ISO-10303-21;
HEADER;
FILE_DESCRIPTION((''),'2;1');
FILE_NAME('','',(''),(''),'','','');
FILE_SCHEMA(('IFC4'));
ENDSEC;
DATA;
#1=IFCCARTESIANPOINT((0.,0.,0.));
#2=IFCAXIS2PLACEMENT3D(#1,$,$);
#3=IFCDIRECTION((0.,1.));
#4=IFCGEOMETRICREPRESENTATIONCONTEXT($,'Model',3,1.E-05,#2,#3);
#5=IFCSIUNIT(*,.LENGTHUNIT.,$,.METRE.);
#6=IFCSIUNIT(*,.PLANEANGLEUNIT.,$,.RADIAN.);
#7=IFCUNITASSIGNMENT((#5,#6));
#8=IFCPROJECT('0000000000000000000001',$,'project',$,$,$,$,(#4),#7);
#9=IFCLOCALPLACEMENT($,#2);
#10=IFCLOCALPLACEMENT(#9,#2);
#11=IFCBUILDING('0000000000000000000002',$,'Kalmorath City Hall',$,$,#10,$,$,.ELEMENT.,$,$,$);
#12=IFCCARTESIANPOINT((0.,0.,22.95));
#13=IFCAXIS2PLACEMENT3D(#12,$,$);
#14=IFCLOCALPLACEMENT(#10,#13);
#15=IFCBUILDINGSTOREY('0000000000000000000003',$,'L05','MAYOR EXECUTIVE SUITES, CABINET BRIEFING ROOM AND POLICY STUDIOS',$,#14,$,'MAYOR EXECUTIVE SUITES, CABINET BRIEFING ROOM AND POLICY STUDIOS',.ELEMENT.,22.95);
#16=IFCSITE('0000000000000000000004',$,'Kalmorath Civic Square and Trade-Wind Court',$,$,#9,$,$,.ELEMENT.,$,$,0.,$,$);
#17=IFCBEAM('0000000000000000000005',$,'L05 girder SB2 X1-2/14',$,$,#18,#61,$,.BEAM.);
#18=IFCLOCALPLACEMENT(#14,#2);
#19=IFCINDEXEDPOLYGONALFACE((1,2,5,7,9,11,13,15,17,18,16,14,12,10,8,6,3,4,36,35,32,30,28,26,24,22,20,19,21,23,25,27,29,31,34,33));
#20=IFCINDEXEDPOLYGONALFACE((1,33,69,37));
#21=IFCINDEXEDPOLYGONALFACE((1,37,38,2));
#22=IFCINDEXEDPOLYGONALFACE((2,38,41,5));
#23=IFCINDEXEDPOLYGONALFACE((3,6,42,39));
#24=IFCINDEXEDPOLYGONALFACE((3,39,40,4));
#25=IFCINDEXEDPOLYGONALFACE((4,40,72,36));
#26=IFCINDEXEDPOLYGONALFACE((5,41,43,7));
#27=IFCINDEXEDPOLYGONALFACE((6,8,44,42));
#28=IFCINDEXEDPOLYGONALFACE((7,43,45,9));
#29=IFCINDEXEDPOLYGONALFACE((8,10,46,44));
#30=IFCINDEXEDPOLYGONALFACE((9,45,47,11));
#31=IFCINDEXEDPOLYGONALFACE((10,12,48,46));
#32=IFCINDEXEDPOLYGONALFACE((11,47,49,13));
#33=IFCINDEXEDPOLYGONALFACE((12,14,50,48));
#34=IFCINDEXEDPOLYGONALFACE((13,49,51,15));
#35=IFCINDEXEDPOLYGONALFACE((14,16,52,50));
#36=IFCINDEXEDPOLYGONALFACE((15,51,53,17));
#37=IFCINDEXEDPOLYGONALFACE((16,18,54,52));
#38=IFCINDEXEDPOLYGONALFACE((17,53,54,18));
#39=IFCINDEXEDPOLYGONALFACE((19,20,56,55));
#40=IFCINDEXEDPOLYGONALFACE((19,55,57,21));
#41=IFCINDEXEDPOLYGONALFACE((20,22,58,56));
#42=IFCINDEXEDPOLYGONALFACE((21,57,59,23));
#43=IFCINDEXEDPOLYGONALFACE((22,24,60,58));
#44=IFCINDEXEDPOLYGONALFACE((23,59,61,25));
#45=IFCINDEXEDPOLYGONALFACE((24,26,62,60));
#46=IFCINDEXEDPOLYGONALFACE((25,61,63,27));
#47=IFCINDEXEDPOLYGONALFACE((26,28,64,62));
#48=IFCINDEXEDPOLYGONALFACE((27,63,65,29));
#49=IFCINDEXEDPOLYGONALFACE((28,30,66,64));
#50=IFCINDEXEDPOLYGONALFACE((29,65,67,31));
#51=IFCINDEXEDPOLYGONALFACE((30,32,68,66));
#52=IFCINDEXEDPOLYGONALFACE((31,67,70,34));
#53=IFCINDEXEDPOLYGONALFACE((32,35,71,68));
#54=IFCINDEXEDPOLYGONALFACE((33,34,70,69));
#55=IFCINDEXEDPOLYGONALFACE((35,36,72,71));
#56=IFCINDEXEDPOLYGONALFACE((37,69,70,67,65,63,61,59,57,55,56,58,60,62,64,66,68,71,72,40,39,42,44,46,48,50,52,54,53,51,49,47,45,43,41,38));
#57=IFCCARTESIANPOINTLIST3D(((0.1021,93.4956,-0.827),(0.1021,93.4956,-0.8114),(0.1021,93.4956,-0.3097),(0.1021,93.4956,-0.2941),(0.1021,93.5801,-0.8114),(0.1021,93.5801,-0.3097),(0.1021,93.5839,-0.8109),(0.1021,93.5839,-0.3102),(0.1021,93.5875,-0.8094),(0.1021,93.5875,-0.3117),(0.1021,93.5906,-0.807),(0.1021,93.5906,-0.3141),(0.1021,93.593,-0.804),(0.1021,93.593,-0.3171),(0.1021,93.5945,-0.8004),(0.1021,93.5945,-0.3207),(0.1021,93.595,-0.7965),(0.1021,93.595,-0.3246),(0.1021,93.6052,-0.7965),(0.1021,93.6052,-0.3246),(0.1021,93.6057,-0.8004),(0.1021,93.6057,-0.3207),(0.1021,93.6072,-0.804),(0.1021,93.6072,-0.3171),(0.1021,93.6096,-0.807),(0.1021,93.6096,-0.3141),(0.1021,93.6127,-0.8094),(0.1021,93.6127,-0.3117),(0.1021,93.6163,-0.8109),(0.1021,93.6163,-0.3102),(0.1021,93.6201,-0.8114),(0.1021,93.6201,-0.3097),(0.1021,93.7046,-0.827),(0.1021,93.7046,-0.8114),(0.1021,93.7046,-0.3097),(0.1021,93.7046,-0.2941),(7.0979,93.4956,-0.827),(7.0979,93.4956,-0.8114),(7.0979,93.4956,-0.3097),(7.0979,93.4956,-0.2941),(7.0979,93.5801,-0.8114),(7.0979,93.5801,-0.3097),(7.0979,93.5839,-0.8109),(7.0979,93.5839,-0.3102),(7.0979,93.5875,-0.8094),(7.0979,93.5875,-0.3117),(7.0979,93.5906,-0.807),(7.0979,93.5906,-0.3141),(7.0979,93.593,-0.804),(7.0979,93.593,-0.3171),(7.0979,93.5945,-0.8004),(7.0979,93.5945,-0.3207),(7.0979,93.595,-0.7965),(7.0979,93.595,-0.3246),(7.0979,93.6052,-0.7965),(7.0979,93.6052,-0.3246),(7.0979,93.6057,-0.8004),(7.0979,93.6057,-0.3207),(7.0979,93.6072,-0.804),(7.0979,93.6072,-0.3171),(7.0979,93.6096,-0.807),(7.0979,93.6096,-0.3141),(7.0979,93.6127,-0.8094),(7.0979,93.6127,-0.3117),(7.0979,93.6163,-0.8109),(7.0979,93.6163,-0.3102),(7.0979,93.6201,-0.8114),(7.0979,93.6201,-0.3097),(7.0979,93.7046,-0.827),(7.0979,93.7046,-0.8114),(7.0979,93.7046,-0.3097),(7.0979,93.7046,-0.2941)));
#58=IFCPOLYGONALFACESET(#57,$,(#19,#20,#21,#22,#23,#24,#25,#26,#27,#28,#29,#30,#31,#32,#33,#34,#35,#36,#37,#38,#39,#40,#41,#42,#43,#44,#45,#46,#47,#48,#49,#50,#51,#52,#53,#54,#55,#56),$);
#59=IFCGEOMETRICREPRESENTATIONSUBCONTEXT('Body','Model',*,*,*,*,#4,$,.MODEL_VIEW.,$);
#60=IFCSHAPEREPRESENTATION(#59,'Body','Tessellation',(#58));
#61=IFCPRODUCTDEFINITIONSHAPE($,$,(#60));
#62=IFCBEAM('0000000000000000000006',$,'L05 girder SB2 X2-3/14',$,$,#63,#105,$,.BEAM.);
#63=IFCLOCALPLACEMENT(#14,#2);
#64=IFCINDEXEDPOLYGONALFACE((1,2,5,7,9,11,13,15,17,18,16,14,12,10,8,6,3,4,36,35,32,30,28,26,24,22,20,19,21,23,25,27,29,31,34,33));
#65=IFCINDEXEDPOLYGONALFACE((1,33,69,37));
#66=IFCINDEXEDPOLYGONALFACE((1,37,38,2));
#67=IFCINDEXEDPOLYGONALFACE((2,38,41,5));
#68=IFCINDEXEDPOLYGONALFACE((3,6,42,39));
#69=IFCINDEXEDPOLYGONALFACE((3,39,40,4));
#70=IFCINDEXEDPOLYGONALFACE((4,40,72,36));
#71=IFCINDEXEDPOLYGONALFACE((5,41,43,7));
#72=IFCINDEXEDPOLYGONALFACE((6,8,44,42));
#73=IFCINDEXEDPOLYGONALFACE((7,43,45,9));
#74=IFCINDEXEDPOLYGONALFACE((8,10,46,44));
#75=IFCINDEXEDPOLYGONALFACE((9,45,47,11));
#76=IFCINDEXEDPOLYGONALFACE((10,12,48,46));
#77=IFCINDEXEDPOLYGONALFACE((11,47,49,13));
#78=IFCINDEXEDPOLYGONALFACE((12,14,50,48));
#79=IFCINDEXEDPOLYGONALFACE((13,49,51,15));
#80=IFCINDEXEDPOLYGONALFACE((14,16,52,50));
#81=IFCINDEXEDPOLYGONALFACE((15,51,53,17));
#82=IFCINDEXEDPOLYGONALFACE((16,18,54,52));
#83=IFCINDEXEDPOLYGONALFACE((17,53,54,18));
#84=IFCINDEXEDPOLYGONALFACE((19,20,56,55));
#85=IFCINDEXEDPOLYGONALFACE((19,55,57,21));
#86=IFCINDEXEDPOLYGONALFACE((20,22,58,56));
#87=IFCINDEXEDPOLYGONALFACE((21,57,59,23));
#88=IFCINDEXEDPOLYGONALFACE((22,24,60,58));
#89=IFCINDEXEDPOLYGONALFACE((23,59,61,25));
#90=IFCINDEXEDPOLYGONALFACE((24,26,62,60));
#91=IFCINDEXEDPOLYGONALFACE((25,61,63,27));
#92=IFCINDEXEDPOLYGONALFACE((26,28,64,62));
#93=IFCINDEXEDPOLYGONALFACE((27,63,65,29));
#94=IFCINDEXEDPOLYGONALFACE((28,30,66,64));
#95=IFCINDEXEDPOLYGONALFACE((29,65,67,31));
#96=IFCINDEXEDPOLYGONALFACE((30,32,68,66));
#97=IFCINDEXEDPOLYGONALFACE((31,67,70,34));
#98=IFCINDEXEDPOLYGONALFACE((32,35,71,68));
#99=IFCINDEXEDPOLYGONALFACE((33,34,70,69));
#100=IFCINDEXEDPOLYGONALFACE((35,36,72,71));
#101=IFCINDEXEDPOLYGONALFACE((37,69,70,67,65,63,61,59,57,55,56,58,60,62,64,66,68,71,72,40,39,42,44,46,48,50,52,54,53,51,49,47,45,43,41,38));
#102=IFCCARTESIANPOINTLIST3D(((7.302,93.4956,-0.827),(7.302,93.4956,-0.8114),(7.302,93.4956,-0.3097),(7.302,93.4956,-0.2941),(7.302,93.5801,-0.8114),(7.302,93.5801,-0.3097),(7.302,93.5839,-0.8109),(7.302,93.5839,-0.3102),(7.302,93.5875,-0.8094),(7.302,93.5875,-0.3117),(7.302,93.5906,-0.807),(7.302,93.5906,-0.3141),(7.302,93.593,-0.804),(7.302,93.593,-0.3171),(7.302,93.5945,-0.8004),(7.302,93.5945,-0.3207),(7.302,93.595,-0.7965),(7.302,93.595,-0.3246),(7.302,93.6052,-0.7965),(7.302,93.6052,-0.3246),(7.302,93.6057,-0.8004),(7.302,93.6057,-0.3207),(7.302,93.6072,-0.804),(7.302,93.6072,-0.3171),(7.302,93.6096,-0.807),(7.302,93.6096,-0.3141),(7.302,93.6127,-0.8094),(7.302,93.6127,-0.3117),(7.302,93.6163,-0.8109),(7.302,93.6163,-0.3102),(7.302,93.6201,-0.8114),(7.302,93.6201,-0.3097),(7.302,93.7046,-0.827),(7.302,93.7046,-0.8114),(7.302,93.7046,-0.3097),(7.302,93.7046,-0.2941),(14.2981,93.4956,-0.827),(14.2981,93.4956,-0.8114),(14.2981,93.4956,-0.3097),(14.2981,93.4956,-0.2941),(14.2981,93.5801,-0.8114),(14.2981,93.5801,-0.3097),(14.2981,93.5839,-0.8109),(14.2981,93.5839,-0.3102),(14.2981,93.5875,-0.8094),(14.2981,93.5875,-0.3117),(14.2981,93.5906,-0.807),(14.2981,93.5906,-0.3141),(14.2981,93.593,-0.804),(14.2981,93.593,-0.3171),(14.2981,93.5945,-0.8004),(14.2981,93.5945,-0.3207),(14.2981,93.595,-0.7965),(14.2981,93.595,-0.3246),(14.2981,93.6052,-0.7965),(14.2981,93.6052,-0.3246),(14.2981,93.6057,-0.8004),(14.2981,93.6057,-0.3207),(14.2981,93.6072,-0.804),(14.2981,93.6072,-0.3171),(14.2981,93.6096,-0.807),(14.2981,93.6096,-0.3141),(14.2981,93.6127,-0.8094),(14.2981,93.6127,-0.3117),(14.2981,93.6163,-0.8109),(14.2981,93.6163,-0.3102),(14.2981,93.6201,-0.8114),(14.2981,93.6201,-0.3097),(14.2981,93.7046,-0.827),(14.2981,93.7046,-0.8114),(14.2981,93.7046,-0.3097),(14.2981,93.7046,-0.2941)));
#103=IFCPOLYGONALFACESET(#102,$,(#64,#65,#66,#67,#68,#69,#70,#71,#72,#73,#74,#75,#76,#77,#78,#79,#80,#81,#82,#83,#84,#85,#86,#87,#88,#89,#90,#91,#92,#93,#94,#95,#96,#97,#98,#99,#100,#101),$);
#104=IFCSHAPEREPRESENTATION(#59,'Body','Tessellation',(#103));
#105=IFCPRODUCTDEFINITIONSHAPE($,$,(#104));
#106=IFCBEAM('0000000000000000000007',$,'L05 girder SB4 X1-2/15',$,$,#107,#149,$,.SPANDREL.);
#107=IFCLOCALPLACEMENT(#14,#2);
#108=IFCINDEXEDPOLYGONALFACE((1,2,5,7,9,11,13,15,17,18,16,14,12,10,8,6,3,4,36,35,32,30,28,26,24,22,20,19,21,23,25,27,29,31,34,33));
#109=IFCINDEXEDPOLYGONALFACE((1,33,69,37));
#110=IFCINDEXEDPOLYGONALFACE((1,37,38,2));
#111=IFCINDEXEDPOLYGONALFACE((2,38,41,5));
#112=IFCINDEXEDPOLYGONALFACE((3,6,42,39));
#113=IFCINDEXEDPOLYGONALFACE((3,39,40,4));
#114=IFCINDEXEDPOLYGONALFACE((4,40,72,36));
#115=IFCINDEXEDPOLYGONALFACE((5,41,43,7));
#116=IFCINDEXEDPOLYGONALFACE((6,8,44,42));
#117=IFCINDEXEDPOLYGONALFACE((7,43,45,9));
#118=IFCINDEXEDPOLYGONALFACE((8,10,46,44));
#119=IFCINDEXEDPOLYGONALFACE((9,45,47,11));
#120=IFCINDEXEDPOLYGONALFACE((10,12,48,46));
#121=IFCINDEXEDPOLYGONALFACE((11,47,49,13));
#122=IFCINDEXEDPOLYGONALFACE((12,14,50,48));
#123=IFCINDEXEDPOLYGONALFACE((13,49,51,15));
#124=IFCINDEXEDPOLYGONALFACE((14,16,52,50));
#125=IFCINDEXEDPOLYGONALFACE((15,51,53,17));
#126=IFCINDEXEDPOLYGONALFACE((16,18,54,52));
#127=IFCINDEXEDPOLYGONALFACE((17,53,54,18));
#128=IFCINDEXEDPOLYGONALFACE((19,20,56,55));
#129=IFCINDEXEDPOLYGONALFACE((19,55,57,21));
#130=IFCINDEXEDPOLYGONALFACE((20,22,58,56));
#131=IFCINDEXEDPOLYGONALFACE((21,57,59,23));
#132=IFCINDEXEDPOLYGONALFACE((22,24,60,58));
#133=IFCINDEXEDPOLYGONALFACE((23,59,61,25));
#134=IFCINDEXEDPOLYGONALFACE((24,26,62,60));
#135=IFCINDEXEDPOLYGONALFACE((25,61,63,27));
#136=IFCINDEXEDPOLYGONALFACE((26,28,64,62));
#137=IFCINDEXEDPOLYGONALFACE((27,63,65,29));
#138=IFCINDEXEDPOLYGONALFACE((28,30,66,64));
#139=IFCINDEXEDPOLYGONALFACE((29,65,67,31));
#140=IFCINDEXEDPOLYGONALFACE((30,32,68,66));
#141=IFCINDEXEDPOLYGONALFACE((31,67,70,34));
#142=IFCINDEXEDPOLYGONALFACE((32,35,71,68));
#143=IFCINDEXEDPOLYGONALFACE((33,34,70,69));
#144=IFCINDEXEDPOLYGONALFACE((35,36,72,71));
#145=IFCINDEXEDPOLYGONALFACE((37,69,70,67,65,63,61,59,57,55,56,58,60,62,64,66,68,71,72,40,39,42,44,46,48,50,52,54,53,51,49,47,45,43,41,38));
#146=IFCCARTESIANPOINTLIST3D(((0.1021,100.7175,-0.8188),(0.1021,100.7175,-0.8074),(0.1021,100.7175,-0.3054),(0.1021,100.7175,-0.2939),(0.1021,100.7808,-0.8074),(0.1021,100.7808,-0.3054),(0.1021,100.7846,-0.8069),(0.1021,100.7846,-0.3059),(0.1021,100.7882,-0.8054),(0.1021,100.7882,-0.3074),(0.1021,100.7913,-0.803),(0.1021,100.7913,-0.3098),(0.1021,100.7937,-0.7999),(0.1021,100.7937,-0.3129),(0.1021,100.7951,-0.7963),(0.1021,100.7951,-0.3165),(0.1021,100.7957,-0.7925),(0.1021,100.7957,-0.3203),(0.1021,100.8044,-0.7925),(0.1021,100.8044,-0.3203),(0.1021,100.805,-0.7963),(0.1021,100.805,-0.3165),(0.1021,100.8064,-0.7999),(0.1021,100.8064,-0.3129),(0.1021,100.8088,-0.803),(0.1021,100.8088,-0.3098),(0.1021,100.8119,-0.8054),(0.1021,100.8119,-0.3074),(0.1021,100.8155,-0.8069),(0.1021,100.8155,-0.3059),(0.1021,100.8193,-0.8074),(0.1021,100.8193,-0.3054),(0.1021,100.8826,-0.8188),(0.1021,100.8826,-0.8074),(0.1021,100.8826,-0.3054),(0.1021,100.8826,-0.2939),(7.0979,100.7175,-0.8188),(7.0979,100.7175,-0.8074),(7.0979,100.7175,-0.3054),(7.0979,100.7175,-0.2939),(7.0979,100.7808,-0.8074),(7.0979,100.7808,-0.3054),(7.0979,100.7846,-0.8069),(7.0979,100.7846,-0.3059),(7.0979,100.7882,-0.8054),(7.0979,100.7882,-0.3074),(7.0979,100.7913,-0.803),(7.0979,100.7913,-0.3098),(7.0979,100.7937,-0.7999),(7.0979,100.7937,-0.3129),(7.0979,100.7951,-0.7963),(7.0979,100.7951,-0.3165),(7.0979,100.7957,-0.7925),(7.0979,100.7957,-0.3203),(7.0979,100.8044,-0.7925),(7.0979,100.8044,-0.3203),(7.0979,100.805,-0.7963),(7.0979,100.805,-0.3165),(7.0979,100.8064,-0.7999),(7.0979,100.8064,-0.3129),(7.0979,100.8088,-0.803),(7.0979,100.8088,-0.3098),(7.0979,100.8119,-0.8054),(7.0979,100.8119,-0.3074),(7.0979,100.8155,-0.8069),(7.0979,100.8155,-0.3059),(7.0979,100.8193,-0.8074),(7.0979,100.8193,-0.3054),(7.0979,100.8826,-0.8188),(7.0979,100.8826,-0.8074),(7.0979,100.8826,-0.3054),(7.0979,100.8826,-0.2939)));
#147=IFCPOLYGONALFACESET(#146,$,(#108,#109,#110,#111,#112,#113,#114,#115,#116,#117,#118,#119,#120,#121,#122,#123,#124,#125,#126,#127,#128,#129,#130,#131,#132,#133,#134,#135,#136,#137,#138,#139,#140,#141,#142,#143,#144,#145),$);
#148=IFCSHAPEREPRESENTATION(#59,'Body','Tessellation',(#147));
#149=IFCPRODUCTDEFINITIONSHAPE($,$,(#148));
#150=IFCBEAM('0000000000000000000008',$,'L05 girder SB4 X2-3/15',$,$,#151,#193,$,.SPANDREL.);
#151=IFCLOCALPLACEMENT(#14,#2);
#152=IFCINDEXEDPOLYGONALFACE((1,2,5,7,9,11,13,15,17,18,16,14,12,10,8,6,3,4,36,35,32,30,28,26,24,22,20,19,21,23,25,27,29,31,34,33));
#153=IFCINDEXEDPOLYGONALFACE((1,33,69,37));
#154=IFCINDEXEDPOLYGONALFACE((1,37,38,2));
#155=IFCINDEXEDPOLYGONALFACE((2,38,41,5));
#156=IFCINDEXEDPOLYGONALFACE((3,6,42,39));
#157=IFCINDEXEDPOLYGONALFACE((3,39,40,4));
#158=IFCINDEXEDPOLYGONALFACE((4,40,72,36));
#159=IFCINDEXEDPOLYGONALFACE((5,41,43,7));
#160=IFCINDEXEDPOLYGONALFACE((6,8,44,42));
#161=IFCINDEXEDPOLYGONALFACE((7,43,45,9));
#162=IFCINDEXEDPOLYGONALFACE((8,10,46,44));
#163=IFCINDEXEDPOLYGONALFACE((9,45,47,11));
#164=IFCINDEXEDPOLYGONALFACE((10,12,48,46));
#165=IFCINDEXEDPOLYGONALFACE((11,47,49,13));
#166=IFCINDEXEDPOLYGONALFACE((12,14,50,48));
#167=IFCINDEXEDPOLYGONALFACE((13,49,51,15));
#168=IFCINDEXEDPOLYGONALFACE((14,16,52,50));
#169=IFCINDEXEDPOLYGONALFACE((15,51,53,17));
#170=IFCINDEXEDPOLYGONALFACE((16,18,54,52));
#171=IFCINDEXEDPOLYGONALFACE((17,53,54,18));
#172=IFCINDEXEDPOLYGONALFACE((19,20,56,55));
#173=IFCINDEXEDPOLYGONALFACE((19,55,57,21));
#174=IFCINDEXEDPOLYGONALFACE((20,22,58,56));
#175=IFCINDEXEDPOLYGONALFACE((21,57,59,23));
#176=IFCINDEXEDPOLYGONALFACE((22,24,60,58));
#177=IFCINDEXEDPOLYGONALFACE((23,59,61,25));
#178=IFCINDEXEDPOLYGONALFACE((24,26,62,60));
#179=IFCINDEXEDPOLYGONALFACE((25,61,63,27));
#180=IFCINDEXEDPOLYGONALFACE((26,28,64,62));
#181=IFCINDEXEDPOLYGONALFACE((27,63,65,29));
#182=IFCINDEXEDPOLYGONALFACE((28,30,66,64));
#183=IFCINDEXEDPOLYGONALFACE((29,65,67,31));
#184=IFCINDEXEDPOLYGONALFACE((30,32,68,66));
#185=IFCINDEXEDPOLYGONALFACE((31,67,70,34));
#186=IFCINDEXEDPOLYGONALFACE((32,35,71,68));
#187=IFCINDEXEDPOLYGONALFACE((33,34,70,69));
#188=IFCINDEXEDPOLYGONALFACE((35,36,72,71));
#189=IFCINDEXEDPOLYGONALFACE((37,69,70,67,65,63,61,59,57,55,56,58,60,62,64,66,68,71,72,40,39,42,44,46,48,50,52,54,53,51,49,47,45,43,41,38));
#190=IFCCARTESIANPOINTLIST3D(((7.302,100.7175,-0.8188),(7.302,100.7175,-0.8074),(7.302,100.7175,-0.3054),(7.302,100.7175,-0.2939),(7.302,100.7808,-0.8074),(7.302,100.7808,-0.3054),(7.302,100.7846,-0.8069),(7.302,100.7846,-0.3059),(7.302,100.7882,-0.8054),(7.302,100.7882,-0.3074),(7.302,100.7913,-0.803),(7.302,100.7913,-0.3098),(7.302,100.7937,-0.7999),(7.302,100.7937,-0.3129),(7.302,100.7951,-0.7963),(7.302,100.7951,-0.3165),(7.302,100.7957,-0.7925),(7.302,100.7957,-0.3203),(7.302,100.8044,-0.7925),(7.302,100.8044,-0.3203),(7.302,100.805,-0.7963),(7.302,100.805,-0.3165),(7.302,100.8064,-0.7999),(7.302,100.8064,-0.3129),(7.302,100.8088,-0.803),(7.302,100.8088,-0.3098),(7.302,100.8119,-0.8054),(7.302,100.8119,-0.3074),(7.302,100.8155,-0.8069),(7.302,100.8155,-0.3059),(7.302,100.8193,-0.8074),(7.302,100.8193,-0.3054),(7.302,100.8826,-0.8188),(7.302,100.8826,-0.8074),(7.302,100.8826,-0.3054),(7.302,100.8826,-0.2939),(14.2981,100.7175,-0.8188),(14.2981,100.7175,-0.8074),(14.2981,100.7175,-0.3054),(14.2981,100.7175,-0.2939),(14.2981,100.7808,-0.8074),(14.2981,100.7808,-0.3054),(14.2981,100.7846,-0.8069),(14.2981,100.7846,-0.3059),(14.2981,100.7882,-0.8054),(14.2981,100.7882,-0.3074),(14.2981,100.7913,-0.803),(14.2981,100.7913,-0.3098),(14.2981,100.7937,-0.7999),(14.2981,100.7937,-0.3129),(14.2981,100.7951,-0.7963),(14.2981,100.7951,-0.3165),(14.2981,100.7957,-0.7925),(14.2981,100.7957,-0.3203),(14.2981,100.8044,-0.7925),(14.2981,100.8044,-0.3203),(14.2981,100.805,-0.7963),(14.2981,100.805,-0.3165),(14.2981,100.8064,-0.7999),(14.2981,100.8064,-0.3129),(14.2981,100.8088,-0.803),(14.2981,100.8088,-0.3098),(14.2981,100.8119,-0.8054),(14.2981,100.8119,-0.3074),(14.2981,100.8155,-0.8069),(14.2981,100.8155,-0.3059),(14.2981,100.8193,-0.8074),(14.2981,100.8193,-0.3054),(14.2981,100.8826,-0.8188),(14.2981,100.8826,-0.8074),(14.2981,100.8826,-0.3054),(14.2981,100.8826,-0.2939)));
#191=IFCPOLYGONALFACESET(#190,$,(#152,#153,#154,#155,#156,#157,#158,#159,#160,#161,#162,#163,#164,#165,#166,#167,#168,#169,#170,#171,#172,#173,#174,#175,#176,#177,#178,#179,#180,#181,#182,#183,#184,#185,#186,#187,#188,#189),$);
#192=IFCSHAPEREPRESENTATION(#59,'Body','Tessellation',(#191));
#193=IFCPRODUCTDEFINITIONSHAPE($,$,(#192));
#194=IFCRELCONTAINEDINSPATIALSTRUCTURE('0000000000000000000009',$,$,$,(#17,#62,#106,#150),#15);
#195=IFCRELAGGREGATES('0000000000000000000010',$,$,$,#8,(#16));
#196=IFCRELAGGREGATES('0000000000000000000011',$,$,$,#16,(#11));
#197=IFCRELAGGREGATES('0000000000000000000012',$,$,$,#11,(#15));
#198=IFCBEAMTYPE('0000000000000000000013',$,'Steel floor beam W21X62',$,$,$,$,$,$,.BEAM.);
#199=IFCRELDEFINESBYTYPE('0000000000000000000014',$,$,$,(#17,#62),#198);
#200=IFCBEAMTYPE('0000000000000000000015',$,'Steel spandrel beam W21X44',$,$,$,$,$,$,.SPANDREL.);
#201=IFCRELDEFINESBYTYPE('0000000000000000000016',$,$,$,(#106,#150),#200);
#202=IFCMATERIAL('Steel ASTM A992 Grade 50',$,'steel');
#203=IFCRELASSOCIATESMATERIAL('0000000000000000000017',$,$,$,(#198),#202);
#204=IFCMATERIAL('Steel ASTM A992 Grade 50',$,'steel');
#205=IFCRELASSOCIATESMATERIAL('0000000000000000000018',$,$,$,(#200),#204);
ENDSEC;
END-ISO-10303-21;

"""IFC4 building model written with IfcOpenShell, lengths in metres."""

from ifc_helpers import new_model, si_unit, direction, frame, origin, origin_2d, place, context, subcontext, project, spatial, i_section, extrude, material, material_profile, profile_set, type_object, element, save


model = new_model("IFC4")

# Units and contexts
model_context = context("Model", 3, precision=1e-05, world=origin(), true_north=direction((0.0, 1.0)))
body_context = subcontext(model_context, "Body", "Model", "MODEL_VIEW")
ifc_project = project(units=[si_unit("LENGTHUNIT", "METRE"), si_unit("PLANEANGLEUNIT", "RADIAN")], contexts=[model_context])

# Site, building, storey
site_placement = place(None, origin())
site = spatial("IfcSite", under=ifc_project, at=site_placement, Name="Kalmorath Civic Square and Trade-Wind Court", CompositionType="ELEMENT", RefElevation=0.0)
building_placement = place(site_placement, origin())
building = spatial("IfcBuilding", under=site, at=building_placement, Name="Kalmorath City Hall", CompositionType="ELEMENT")
storey_placement = place(building_placement, frame((0.0, 0.0, 22.95)))
storey = spatial("IfcBuildingStorey", under=building, at=storey_placement, Name="L05", Description="MAYOR EXECUTIVE SUITES, CABINET BRIEFING ROOM AND POLICY STUDIOS", LongName="MAYOR EXECUTIVE SUITES, CABINET BRIEFING ROOM AND POLICY STUDIOS", CompositionType="ELEMENT", Elevation=22.95)

# Beams
ifc_material_1 = material(Name="Steel ASTM A992 Grade 50", Category="steel")
ifc_material_profile_1 = material_profile(ifc_material_1, i_section(OverallWidth=0.209, OverallDepth=0.533, WebThickness=0.0103, FlangeThickness=0.0156, FilletRadius=0.0149, at=origin_2d()), Name="W21X62")
ifc_profile_set_1 = profile_set([ifc_material_profile_1], Name="Steel ASTM A992 Grade 50")
beam_type_1 = type_object("IfcBeamType", Name="Steel floor beam W21X62", PredefinedType="BEAM", material=ifc_profile_set_1)
beam_1_placement = place(storey_placement, frame((0.1021, 93.6001, -0.5605), z_axis=(1.0, 0.0, 0.0), x_axis=(0.0, 1.0, 0.0)))
element("IfcBeam", 1, at=beam_1_placement, inside=storey, type_object=beam_type_1, Name="L05 girder SB2 X1-2/14", PredefinedType="BEAM", context=body_context, shape_type="SweptSolid", body=[
    extrude(i_section(OverallWidth=0.209, OverallDepth=0.533, WebThickness=0.0103, FlangeThickness=0.0156, FilletRadius=0.0149, at=origin_2d()), origin(), (0.0, 0.0, 1.0), 6.9958),
])
beam_2_placement = place(storey_placement, frame((7.302, 93.6001, -0.5605), z_axis=(1.0, 0.0, 0.0), x_axis=(0.0, 1.0, 0.0)))
element("IfcBeam", 2, at=beam_2_placement, inside=storey, type_object=beam_type_1, Name="L05 girder SB2 X2-3/14", PredefinedType="BEAM", context=body_context, shape_type="SweptSolid", body=[
    extrude(i_section(OverallWidth=0.209, OverallDepth=0.533, WebThickness=0.0103, FlangeThickness=0.0156, FilletRadius=0.0149, at=origin_2d()), origin(), (0.0, 0.0, 1.0), 6.9961),
])
ifc_material_2 = material(Name="Steel ASTM A992 Grade 50", Category="steel")
ifc_material_profile_2 = material_profile(ifc_material_2, i_section(OverallWidth=0.165, OverallDepth=0.5249, WebThickness=0.0088, FlangeThickness=0.0115, FilletRadius=0.0149, at=origin_2d()), Name="W21X44")
ifc_profile_set_2 = profile_set([ifc_material_profile_2], Name="Steel ASTM A992 Grade 50")
beam_type_2 = type_object("IfcBeamType", Name="Steel spandrel beam W21X44", PredefinedType="SPANDREL", material=ifc_profile_set_2)
beam_3_placement = place(storey_placement, frame((0.1021, 100.8, -0.5564), z_axis=(1.0, 0.0, 0.0), x_axis=(0.0, 1.0, 0.0)))
element("IfcBeam", 3, at=beam_3_placement, inside=storey, type_object=beam_type_2, Name="L05 girder SB4 X1-2/15", PredefinedType="SPANDREL", context=body_context, shape_type="SweptSolid", body=[
    extrude(i_section(OverallWidth=0.165, OverallDepth=0.5249, WebThickness=0.0088, FlangeThickness=0.0115, FilletRadius=0.0149, at=origin_2d()), origin(), (0.0, 0.0, 1.0), 6.9958),
])
beam_4_placement = place(storey_placement, frame((7.302, 100.8, -0.5564), z_axis=(1.0, 0.0, 0.0), x_axis=(0.0, 1.0, 0.0)))
element("IfcBeam", 4, at=beam_4_placement, inside=storey, type_object=beam_type_2, Name="L05 girder SB4 X2-3/15", PredefinedType="SPANDREL", context=body_context, shape_type="SweptSolid", body=[
    extrude(i_section(OverallWidth=0.165, OverallDepth=0.5249, WebThickness=0.0088, FlangeThickness=0.0115, FilletRadius=0.0149, at=origin_2d()), origin(), (0.0, 0.0, 1.0), 6.9961),
])

save(model, "model.ifc")
